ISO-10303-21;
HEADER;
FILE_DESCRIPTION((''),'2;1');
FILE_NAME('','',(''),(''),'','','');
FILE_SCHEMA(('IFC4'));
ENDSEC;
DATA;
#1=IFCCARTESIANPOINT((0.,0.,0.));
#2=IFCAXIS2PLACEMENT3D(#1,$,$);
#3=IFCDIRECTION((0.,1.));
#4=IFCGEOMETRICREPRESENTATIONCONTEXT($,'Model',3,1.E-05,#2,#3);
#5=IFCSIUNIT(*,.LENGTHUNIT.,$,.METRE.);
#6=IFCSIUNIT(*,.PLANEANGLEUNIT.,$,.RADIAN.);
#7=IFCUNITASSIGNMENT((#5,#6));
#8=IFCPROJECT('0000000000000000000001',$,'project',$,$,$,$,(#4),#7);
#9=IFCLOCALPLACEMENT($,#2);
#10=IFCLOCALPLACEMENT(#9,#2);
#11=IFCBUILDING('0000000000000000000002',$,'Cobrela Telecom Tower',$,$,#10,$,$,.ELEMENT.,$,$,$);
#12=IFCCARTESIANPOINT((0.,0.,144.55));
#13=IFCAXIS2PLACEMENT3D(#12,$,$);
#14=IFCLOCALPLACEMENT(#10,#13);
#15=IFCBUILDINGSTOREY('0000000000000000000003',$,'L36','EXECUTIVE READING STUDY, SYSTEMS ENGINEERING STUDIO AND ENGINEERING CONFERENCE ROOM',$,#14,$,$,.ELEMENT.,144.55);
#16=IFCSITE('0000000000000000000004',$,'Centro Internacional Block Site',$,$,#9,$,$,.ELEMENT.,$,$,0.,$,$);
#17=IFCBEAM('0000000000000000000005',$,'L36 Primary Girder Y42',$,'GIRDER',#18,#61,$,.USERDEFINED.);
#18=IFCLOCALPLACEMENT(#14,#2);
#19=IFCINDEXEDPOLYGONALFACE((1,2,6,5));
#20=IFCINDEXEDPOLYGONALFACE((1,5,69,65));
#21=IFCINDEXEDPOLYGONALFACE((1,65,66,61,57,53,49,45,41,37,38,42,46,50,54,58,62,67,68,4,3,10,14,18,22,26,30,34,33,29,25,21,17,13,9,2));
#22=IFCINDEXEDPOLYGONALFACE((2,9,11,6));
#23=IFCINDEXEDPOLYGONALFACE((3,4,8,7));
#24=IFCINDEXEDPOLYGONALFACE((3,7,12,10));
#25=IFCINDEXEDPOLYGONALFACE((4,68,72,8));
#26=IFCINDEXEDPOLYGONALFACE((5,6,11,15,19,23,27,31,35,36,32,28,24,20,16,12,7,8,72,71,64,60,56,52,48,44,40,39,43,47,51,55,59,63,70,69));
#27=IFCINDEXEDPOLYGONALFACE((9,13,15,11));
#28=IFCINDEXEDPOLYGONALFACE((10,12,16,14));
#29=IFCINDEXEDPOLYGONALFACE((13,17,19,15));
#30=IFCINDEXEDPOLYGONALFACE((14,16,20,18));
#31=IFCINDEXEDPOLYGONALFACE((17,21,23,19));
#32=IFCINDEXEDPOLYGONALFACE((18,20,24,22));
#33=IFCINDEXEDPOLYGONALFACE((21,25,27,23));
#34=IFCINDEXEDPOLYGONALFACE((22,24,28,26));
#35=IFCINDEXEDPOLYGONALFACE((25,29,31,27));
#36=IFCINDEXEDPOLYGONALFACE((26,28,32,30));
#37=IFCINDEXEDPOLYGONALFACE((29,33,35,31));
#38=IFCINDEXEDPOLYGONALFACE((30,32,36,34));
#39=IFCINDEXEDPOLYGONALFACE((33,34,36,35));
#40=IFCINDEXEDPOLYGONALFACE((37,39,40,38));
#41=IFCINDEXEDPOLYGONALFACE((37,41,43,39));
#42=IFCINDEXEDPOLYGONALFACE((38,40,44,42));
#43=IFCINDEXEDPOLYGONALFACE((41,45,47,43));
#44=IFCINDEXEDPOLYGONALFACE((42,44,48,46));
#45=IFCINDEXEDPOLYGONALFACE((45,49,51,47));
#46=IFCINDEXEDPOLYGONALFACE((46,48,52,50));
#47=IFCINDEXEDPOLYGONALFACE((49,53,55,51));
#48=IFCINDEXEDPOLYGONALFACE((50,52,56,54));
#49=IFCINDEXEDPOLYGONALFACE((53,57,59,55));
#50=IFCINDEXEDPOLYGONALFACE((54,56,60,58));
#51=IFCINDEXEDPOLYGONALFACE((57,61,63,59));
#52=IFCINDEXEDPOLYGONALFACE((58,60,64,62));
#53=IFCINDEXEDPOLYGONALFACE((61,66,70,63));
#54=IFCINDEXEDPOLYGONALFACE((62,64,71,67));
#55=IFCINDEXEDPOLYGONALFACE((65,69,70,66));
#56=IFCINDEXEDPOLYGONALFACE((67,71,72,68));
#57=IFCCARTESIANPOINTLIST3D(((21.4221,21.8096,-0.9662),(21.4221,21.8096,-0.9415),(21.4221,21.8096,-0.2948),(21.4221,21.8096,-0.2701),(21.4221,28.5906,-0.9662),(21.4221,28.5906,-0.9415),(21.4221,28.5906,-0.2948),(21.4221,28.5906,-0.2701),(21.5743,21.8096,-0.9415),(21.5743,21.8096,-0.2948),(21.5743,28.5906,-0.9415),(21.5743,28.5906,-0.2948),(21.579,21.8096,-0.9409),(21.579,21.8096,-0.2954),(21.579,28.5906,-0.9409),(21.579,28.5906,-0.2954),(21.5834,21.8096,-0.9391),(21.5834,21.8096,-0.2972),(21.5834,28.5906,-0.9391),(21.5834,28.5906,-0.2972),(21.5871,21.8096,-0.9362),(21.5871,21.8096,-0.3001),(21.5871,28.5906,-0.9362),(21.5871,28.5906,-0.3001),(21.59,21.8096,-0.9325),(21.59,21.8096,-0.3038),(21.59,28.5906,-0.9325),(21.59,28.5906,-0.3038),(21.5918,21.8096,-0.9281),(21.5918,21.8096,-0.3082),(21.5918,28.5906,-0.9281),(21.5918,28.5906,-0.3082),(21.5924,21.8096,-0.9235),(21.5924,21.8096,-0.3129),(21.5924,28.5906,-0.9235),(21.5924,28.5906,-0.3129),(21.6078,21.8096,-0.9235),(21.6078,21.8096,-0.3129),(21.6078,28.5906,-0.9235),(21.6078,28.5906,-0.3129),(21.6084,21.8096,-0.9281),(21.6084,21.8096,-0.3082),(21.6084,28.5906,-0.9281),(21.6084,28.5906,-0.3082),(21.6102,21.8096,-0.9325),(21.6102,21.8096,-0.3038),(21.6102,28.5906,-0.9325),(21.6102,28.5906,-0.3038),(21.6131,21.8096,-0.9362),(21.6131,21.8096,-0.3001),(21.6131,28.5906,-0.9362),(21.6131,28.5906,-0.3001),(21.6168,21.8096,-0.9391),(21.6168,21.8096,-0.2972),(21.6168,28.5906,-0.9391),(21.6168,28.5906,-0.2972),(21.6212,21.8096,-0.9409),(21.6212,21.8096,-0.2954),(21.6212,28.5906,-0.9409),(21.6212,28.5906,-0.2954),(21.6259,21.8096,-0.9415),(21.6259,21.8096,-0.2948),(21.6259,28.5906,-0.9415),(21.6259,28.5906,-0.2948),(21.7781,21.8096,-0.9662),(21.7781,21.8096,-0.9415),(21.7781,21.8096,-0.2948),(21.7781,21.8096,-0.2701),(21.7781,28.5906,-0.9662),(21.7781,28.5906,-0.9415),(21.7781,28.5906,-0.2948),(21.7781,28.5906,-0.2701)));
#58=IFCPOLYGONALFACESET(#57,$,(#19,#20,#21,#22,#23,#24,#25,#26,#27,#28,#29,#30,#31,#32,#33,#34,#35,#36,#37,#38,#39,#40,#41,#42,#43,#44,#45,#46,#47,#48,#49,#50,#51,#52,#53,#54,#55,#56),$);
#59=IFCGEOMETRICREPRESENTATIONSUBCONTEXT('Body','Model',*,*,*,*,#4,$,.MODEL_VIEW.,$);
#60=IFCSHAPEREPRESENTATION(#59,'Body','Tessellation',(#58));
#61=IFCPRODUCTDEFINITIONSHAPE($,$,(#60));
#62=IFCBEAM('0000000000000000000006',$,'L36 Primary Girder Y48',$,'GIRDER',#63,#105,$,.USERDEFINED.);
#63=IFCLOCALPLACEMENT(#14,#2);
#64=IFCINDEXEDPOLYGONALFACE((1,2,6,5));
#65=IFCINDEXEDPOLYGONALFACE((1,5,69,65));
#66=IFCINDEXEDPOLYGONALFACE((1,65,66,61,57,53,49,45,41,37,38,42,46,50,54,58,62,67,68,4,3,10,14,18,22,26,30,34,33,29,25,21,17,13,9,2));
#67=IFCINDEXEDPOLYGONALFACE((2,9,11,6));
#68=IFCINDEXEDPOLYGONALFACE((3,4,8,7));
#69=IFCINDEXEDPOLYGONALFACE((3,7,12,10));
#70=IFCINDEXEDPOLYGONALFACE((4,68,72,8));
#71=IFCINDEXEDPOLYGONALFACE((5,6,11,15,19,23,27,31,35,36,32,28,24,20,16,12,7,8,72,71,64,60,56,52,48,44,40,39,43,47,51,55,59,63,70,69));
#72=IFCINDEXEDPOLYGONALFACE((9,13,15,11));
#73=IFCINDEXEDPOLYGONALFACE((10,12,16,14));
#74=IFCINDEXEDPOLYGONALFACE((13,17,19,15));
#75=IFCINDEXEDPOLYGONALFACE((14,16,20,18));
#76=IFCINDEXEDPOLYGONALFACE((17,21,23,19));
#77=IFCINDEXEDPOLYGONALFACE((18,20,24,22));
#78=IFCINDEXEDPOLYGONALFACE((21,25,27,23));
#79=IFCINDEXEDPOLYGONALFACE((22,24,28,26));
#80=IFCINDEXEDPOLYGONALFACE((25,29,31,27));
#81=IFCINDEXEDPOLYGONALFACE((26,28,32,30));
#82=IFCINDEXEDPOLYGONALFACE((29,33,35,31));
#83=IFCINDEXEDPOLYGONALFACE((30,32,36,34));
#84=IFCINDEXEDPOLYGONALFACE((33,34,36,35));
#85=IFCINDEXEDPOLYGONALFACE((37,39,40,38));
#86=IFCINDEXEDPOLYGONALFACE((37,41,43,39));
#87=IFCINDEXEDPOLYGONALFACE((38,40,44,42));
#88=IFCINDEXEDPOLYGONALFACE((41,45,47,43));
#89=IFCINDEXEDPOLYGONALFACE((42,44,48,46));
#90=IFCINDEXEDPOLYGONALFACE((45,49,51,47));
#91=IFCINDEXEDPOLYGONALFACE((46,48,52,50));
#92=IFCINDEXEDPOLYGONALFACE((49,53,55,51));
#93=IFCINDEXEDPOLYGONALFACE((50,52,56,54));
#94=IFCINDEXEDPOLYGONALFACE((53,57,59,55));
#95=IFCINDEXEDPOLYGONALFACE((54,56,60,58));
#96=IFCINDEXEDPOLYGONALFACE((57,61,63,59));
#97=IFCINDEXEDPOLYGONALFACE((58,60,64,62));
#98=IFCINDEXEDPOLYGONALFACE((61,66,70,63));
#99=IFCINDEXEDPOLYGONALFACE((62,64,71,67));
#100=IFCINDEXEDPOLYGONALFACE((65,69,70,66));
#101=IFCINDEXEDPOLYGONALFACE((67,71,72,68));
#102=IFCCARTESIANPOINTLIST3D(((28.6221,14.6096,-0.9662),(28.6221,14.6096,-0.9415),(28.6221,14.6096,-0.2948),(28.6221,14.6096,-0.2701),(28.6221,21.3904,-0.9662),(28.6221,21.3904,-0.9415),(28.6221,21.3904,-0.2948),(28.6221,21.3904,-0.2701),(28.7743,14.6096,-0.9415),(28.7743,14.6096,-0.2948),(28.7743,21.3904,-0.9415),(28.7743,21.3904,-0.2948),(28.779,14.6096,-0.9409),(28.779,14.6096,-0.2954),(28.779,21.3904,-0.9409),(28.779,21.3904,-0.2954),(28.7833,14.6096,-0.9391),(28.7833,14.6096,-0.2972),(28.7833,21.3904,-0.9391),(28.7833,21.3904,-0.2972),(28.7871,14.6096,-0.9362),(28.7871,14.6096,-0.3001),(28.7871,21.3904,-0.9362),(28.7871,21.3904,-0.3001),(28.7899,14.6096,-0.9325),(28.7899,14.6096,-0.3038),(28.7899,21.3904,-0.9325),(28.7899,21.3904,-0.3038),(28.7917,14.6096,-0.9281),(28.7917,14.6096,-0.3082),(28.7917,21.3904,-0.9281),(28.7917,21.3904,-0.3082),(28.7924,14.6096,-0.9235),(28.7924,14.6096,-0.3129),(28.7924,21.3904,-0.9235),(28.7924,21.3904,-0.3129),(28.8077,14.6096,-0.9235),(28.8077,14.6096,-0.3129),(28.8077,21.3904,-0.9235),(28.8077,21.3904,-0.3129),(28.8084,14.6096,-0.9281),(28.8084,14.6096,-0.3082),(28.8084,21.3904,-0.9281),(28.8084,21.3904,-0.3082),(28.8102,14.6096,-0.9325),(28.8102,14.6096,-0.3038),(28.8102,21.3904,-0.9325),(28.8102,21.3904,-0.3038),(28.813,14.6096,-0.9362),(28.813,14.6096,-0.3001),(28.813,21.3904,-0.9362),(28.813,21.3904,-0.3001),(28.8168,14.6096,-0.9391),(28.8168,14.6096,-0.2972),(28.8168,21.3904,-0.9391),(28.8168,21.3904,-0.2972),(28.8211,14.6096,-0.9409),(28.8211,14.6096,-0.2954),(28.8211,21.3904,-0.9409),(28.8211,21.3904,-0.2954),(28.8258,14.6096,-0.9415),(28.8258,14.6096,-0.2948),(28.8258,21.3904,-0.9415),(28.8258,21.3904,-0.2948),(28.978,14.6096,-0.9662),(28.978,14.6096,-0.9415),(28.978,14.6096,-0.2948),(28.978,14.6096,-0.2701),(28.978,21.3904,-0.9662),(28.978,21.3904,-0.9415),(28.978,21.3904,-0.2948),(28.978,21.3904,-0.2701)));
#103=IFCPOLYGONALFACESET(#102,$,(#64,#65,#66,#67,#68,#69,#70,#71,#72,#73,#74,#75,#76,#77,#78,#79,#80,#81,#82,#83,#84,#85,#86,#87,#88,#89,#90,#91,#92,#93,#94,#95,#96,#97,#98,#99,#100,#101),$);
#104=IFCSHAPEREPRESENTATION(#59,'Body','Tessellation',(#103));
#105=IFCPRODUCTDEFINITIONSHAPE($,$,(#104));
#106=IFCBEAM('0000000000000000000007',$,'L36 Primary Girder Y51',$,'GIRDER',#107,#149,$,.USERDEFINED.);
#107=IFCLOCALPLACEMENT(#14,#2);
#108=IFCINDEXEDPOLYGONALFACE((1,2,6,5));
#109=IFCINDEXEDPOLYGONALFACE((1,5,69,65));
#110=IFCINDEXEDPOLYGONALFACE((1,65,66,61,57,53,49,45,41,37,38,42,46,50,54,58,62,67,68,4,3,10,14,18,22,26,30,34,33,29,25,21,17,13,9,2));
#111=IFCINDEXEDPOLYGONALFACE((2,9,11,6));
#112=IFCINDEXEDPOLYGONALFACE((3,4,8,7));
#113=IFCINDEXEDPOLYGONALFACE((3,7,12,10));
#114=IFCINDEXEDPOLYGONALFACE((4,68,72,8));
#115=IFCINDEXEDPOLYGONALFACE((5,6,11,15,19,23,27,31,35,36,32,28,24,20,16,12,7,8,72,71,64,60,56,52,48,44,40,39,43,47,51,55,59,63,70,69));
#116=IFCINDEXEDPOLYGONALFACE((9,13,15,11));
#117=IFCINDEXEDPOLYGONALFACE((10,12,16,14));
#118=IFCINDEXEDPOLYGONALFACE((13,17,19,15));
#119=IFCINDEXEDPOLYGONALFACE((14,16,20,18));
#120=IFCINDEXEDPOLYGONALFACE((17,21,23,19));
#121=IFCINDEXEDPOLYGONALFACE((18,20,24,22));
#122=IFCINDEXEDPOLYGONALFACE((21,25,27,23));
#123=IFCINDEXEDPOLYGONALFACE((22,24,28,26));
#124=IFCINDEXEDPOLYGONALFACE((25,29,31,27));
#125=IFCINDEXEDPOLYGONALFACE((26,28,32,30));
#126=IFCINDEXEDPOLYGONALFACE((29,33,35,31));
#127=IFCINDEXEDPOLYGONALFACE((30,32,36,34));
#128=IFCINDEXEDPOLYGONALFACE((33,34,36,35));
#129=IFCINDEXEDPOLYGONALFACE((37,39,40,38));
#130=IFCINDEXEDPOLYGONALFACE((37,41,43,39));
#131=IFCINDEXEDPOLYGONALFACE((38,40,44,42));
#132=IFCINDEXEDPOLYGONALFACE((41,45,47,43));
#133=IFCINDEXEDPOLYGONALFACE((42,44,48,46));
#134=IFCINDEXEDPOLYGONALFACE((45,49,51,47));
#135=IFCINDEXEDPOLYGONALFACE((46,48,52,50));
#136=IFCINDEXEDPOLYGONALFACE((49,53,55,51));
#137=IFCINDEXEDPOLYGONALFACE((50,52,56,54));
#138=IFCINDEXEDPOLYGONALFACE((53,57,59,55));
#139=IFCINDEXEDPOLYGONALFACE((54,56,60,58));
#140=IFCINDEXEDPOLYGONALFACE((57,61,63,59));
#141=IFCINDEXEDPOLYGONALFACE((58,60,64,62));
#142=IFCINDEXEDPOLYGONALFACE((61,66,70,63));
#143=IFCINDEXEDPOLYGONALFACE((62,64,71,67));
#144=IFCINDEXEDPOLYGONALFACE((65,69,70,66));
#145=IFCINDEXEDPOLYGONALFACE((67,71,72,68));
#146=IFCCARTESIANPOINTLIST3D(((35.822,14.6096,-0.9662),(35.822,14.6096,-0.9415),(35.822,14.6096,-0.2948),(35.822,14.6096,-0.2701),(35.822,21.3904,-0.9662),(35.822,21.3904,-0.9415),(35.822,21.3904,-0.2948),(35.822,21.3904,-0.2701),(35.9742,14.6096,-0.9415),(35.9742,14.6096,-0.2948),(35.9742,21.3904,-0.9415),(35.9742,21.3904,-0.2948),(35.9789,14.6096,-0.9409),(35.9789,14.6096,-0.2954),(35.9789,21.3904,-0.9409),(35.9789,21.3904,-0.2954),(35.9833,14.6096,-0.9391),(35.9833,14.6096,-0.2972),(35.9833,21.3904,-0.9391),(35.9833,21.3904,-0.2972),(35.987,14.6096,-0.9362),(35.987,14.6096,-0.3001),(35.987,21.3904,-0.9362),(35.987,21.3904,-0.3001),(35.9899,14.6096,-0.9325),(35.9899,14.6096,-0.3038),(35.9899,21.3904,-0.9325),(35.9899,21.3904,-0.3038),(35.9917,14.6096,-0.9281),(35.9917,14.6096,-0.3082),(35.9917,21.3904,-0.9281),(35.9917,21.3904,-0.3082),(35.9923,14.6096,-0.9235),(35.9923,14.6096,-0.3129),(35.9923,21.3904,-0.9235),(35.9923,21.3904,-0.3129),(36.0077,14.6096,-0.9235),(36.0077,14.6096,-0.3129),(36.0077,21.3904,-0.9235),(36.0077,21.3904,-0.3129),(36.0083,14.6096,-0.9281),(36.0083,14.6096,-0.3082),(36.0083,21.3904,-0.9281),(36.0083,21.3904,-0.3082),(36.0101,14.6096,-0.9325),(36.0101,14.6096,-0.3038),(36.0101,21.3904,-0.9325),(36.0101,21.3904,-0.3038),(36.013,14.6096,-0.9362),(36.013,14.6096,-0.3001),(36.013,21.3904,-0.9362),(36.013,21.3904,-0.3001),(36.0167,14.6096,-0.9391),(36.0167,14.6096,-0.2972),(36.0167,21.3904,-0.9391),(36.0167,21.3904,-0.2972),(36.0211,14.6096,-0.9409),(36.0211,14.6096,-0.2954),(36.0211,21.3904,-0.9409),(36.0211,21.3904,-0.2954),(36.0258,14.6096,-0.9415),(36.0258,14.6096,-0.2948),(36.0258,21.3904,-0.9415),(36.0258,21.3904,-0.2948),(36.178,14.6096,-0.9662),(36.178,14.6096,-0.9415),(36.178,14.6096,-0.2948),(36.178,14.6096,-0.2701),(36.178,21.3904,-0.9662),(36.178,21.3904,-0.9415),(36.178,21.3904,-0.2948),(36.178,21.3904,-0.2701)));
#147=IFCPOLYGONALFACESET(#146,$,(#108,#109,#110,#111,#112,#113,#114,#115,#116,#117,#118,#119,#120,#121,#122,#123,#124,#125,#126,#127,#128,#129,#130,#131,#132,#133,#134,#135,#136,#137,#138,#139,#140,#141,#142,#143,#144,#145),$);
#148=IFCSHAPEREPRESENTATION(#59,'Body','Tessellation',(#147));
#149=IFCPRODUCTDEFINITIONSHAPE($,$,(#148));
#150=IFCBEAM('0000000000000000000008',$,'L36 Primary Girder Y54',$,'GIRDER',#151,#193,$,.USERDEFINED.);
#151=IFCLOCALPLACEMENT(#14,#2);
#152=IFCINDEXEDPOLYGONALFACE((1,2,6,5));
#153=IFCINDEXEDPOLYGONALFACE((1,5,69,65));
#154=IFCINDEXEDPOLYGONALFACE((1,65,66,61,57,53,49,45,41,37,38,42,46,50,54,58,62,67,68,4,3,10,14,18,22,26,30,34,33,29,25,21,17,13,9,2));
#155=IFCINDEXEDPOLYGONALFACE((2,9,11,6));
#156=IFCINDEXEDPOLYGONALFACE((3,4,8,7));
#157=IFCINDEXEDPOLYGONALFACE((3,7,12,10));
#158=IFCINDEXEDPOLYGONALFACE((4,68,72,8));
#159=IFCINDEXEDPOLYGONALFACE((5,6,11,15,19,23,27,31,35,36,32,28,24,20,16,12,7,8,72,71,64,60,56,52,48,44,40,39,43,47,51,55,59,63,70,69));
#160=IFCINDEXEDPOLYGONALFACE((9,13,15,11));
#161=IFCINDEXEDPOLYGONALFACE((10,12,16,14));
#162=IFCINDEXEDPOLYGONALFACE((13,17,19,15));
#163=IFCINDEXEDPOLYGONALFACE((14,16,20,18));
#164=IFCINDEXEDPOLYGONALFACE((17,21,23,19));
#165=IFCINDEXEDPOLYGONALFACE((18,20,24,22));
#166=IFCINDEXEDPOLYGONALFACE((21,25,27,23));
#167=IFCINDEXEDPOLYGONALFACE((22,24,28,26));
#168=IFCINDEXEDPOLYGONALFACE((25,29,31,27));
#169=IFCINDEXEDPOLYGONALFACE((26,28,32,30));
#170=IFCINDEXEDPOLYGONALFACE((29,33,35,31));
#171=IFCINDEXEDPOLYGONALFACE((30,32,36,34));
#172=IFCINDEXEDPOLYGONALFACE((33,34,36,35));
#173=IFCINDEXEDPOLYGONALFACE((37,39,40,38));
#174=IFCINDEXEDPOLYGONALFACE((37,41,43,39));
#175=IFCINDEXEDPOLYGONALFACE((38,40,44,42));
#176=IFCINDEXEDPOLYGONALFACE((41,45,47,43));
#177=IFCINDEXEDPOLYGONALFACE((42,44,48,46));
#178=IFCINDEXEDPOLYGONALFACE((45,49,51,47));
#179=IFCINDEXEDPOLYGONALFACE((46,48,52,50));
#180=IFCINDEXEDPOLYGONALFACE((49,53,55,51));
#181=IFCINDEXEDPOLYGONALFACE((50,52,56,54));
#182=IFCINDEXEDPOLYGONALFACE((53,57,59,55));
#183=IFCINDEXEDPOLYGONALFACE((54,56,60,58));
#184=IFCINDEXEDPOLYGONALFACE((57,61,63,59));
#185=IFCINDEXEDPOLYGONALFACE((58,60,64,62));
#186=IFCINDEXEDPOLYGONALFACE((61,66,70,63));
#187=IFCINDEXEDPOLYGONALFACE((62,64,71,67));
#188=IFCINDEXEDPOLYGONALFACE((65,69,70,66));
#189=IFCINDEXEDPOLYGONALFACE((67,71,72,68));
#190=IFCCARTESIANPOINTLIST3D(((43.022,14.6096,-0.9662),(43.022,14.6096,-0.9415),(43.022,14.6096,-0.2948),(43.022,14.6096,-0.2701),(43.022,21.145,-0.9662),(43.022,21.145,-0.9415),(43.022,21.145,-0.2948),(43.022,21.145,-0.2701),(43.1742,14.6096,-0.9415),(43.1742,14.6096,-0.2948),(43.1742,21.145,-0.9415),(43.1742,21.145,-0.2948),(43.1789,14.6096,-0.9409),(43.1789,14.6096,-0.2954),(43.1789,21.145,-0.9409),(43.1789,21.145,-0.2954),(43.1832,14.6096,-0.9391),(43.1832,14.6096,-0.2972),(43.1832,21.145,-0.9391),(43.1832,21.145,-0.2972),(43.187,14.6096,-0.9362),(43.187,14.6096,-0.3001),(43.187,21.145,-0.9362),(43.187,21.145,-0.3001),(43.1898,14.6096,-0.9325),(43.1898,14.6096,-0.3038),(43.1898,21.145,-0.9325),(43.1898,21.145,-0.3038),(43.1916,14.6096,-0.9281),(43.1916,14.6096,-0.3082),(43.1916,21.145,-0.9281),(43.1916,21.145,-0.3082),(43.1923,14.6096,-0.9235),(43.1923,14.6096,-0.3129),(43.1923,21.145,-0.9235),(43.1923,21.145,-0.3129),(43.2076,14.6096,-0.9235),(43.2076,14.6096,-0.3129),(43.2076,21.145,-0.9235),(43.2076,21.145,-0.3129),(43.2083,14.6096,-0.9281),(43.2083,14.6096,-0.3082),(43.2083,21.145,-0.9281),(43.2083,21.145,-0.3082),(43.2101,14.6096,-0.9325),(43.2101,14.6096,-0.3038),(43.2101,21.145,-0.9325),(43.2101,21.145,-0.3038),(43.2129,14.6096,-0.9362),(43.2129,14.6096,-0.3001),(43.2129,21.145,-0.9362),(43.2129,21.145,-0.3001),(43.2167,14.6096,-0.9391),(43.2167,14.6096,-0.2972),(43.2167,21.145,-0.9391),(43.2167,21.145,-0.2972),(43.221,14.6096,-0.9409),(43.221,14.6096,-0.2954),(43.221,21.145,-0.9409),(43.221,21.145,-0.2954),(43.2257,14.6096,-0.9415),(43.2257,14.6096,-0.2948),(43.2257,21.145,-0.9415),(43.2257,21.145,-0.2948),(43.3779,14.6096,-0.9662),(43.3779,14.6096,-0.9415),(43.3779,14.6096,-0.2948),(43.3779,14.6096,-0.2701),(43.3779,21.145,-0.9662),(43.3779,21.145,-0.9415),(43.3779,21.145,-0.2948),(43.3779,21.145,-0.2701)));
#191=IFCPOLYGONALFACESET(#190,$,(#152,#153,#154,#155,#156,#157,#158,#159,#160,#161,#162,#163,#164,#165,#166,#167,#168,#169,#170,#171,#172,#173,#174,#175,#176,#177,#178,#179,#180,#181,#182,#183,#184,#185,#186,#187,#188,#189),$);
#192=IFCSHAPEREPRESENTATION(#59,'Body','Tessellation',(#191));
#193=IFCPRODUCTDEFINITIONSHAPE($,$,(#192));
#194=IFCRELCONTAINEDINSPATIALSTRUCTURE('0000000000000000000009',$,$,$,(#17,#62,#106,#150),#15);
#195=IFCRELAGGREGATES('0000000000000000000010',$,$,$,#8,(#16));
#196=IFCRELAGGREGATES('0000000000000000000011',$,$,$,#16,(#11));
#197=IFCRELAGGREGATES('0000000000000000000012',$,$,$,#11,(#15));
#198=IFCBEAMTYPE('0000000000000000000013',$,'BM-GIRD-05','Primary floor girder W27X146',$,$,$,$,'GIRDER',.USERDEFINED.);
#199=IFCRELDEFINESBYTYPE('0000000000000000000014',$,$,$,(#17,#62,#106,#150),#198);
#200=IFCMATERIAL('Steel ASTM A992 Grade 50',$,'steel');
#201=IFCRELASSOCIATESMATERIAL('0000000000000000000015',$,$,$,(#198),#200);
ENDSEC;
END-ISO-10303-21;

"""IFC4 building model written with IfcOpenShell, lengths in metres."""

from ifc_helpers import new_model, si_unit, direction, frame, origin, origin_2d, place, context, subcontext, project, spatial, i_section, extrude, material, material_profile, profile_set, type_object, element, save


model = new_model("IFC4")

# Units and contexts
model_context = context("Model", 3, precision=1e-05, world=origin(), true_north=direction((0.0, 1.0)))
body_context = subcontext(model_context, "Body", "Model", "MODEL_VIEW")
ifc_project = project(units=[si_unit("LENGTHUNIT", "METRE"), si_unit("PLANEANGLEUNIT", "RADIAN")], contexts=[model_context])

# Site, building, storey
site_placement = place(None, origin())
site = spatial("IfcSite", under=ifc_project, at=site_placement, Name="Centro Internacional Block Site", CompositionType="ELEMENT", RefElevation=0.0)
building_placement = place(site_placement, origin())
building = spatial("IfcBuilding", under=site, at=building_placement, Name="Cobrela Telecom Tower", CompositionType="ELEMENT")
storey_placement = place(building_placement, frame((0.0, 0.0, 144.55)))
storey = spatial("IfcBuildingStorey", under=building, at=storey_placement, Name="L36", Description="EXECUTIVE READING STUDY, SYSTEMS ENGINEERING STUDIO AND ENGINEERING CONFERENCE ROOM", CompositionType="ELEMENT", Elevation=144.55)

# Shared definitions
ifc_material_1 = material(Name="Steel ASTM A992 Grade 50", Category="steel")

# Beams
ifc_material_profile_1 = material_profile(ifc_material_1, i_section(OverallWidth=0.356, OverallDepth=0.696, WebThickness=0.0154, FlangeThickness=0.0247, FilletRadius=0.0181, at=origin_2d()), Name="W27X146")
ifc_profile_set_1 = profile_set([ifc_material_profile_1], Name="Steel ASTM A992 Grade 50")
beam_type_1 = type_object("IfcBeamType", Name="BM-GIRD-05", Description="Primary floor girder W27X146", ElementType="GIRDER", PredefinedType="USERDEFINED", material=ifc_profile_set_1)
beam_1_placement = place(storey_placement, frame((21.6001, 21.8096, -0.6182), z_axis=(0.0, 1.0, 0.0), x_axis=(-1.0, 0.0, 0.0)))
element("IfcBeam", 1, at=beam_1_placement, inside=storey, type_object=beam_type_1, Name="L36 Primary Girder Y42", ObjectType="GIRDER", PredefinedType="USERDEFINED", context=body_context, shape_type="SweptSolid", body=[
    extrude(i_section(OverallWidth=0.356, OverallDepth=0.696, WebThickness=0.0154, FlangeThickness=0.0247, FilletRadius=0.0181, at=origin_2d()), origin(), (0.0, 0.0, 1.0), 6.781),
])
for number, where, z_axis, x_axis, name in (
    (2, (28.8, 14.6096, -0.6182), (0.0, 1.0, 0.0), (-1.0, 0.0, 0.0), "L36 Primary Girder Y48"),
    (3, (36.0, 14.6096, -0.6182), (0.0, 1.0, 0.0), (-1.0, 0.0, 0.0), "L36 Primary Girder Y51"),
):
    element("IfcBeam", number, at=place(storey_placement, frame(where, z_axis=z_axis, x_axis=x_axis)), inside=storey, type_object=beam_type_1, Name=name, ObjectType="GIRDER", PredefinedType="USERDEFINED", context=body_context, shape_type="SweptSolid", body=[
        extrude(i_section(OverallWidth=0.356, OverallDepth=0.696, WebThickness=0.0154, FlangeThickness=0.0247, FilletRadius=0.0181, at=origin_2d()), origin(), (0.0, 0.0, 1.0), 6.7808),
    ])
beam_2_placement = place(storey_placement, frame((43.2, 14.6096, -0.6182), z_axis=(0.0, 1.0, 0.0), x_axis=(-1.0, 0.0, 0.0)))
element("IfcBeam", 4, at=beam_2_placement, inside=storey, type_object=beam_type_1, Name="L36 Primary Girder Y54", ObjectType="GIRDER", PredefinedType="USERDEFINED", context=body_context, shape_type="SweptSolid", body=[
    extrude(i_section(OverallWidth=0.356, OverallDepth=0.696, WebThickness=0.0154, FlangeThickness=0.0247, FilletRadius=0.0181, at=origin_2d()), origin(), (0.0, 0.0, 1.0), 6.5354),
])

save(model, "model.ifc")
